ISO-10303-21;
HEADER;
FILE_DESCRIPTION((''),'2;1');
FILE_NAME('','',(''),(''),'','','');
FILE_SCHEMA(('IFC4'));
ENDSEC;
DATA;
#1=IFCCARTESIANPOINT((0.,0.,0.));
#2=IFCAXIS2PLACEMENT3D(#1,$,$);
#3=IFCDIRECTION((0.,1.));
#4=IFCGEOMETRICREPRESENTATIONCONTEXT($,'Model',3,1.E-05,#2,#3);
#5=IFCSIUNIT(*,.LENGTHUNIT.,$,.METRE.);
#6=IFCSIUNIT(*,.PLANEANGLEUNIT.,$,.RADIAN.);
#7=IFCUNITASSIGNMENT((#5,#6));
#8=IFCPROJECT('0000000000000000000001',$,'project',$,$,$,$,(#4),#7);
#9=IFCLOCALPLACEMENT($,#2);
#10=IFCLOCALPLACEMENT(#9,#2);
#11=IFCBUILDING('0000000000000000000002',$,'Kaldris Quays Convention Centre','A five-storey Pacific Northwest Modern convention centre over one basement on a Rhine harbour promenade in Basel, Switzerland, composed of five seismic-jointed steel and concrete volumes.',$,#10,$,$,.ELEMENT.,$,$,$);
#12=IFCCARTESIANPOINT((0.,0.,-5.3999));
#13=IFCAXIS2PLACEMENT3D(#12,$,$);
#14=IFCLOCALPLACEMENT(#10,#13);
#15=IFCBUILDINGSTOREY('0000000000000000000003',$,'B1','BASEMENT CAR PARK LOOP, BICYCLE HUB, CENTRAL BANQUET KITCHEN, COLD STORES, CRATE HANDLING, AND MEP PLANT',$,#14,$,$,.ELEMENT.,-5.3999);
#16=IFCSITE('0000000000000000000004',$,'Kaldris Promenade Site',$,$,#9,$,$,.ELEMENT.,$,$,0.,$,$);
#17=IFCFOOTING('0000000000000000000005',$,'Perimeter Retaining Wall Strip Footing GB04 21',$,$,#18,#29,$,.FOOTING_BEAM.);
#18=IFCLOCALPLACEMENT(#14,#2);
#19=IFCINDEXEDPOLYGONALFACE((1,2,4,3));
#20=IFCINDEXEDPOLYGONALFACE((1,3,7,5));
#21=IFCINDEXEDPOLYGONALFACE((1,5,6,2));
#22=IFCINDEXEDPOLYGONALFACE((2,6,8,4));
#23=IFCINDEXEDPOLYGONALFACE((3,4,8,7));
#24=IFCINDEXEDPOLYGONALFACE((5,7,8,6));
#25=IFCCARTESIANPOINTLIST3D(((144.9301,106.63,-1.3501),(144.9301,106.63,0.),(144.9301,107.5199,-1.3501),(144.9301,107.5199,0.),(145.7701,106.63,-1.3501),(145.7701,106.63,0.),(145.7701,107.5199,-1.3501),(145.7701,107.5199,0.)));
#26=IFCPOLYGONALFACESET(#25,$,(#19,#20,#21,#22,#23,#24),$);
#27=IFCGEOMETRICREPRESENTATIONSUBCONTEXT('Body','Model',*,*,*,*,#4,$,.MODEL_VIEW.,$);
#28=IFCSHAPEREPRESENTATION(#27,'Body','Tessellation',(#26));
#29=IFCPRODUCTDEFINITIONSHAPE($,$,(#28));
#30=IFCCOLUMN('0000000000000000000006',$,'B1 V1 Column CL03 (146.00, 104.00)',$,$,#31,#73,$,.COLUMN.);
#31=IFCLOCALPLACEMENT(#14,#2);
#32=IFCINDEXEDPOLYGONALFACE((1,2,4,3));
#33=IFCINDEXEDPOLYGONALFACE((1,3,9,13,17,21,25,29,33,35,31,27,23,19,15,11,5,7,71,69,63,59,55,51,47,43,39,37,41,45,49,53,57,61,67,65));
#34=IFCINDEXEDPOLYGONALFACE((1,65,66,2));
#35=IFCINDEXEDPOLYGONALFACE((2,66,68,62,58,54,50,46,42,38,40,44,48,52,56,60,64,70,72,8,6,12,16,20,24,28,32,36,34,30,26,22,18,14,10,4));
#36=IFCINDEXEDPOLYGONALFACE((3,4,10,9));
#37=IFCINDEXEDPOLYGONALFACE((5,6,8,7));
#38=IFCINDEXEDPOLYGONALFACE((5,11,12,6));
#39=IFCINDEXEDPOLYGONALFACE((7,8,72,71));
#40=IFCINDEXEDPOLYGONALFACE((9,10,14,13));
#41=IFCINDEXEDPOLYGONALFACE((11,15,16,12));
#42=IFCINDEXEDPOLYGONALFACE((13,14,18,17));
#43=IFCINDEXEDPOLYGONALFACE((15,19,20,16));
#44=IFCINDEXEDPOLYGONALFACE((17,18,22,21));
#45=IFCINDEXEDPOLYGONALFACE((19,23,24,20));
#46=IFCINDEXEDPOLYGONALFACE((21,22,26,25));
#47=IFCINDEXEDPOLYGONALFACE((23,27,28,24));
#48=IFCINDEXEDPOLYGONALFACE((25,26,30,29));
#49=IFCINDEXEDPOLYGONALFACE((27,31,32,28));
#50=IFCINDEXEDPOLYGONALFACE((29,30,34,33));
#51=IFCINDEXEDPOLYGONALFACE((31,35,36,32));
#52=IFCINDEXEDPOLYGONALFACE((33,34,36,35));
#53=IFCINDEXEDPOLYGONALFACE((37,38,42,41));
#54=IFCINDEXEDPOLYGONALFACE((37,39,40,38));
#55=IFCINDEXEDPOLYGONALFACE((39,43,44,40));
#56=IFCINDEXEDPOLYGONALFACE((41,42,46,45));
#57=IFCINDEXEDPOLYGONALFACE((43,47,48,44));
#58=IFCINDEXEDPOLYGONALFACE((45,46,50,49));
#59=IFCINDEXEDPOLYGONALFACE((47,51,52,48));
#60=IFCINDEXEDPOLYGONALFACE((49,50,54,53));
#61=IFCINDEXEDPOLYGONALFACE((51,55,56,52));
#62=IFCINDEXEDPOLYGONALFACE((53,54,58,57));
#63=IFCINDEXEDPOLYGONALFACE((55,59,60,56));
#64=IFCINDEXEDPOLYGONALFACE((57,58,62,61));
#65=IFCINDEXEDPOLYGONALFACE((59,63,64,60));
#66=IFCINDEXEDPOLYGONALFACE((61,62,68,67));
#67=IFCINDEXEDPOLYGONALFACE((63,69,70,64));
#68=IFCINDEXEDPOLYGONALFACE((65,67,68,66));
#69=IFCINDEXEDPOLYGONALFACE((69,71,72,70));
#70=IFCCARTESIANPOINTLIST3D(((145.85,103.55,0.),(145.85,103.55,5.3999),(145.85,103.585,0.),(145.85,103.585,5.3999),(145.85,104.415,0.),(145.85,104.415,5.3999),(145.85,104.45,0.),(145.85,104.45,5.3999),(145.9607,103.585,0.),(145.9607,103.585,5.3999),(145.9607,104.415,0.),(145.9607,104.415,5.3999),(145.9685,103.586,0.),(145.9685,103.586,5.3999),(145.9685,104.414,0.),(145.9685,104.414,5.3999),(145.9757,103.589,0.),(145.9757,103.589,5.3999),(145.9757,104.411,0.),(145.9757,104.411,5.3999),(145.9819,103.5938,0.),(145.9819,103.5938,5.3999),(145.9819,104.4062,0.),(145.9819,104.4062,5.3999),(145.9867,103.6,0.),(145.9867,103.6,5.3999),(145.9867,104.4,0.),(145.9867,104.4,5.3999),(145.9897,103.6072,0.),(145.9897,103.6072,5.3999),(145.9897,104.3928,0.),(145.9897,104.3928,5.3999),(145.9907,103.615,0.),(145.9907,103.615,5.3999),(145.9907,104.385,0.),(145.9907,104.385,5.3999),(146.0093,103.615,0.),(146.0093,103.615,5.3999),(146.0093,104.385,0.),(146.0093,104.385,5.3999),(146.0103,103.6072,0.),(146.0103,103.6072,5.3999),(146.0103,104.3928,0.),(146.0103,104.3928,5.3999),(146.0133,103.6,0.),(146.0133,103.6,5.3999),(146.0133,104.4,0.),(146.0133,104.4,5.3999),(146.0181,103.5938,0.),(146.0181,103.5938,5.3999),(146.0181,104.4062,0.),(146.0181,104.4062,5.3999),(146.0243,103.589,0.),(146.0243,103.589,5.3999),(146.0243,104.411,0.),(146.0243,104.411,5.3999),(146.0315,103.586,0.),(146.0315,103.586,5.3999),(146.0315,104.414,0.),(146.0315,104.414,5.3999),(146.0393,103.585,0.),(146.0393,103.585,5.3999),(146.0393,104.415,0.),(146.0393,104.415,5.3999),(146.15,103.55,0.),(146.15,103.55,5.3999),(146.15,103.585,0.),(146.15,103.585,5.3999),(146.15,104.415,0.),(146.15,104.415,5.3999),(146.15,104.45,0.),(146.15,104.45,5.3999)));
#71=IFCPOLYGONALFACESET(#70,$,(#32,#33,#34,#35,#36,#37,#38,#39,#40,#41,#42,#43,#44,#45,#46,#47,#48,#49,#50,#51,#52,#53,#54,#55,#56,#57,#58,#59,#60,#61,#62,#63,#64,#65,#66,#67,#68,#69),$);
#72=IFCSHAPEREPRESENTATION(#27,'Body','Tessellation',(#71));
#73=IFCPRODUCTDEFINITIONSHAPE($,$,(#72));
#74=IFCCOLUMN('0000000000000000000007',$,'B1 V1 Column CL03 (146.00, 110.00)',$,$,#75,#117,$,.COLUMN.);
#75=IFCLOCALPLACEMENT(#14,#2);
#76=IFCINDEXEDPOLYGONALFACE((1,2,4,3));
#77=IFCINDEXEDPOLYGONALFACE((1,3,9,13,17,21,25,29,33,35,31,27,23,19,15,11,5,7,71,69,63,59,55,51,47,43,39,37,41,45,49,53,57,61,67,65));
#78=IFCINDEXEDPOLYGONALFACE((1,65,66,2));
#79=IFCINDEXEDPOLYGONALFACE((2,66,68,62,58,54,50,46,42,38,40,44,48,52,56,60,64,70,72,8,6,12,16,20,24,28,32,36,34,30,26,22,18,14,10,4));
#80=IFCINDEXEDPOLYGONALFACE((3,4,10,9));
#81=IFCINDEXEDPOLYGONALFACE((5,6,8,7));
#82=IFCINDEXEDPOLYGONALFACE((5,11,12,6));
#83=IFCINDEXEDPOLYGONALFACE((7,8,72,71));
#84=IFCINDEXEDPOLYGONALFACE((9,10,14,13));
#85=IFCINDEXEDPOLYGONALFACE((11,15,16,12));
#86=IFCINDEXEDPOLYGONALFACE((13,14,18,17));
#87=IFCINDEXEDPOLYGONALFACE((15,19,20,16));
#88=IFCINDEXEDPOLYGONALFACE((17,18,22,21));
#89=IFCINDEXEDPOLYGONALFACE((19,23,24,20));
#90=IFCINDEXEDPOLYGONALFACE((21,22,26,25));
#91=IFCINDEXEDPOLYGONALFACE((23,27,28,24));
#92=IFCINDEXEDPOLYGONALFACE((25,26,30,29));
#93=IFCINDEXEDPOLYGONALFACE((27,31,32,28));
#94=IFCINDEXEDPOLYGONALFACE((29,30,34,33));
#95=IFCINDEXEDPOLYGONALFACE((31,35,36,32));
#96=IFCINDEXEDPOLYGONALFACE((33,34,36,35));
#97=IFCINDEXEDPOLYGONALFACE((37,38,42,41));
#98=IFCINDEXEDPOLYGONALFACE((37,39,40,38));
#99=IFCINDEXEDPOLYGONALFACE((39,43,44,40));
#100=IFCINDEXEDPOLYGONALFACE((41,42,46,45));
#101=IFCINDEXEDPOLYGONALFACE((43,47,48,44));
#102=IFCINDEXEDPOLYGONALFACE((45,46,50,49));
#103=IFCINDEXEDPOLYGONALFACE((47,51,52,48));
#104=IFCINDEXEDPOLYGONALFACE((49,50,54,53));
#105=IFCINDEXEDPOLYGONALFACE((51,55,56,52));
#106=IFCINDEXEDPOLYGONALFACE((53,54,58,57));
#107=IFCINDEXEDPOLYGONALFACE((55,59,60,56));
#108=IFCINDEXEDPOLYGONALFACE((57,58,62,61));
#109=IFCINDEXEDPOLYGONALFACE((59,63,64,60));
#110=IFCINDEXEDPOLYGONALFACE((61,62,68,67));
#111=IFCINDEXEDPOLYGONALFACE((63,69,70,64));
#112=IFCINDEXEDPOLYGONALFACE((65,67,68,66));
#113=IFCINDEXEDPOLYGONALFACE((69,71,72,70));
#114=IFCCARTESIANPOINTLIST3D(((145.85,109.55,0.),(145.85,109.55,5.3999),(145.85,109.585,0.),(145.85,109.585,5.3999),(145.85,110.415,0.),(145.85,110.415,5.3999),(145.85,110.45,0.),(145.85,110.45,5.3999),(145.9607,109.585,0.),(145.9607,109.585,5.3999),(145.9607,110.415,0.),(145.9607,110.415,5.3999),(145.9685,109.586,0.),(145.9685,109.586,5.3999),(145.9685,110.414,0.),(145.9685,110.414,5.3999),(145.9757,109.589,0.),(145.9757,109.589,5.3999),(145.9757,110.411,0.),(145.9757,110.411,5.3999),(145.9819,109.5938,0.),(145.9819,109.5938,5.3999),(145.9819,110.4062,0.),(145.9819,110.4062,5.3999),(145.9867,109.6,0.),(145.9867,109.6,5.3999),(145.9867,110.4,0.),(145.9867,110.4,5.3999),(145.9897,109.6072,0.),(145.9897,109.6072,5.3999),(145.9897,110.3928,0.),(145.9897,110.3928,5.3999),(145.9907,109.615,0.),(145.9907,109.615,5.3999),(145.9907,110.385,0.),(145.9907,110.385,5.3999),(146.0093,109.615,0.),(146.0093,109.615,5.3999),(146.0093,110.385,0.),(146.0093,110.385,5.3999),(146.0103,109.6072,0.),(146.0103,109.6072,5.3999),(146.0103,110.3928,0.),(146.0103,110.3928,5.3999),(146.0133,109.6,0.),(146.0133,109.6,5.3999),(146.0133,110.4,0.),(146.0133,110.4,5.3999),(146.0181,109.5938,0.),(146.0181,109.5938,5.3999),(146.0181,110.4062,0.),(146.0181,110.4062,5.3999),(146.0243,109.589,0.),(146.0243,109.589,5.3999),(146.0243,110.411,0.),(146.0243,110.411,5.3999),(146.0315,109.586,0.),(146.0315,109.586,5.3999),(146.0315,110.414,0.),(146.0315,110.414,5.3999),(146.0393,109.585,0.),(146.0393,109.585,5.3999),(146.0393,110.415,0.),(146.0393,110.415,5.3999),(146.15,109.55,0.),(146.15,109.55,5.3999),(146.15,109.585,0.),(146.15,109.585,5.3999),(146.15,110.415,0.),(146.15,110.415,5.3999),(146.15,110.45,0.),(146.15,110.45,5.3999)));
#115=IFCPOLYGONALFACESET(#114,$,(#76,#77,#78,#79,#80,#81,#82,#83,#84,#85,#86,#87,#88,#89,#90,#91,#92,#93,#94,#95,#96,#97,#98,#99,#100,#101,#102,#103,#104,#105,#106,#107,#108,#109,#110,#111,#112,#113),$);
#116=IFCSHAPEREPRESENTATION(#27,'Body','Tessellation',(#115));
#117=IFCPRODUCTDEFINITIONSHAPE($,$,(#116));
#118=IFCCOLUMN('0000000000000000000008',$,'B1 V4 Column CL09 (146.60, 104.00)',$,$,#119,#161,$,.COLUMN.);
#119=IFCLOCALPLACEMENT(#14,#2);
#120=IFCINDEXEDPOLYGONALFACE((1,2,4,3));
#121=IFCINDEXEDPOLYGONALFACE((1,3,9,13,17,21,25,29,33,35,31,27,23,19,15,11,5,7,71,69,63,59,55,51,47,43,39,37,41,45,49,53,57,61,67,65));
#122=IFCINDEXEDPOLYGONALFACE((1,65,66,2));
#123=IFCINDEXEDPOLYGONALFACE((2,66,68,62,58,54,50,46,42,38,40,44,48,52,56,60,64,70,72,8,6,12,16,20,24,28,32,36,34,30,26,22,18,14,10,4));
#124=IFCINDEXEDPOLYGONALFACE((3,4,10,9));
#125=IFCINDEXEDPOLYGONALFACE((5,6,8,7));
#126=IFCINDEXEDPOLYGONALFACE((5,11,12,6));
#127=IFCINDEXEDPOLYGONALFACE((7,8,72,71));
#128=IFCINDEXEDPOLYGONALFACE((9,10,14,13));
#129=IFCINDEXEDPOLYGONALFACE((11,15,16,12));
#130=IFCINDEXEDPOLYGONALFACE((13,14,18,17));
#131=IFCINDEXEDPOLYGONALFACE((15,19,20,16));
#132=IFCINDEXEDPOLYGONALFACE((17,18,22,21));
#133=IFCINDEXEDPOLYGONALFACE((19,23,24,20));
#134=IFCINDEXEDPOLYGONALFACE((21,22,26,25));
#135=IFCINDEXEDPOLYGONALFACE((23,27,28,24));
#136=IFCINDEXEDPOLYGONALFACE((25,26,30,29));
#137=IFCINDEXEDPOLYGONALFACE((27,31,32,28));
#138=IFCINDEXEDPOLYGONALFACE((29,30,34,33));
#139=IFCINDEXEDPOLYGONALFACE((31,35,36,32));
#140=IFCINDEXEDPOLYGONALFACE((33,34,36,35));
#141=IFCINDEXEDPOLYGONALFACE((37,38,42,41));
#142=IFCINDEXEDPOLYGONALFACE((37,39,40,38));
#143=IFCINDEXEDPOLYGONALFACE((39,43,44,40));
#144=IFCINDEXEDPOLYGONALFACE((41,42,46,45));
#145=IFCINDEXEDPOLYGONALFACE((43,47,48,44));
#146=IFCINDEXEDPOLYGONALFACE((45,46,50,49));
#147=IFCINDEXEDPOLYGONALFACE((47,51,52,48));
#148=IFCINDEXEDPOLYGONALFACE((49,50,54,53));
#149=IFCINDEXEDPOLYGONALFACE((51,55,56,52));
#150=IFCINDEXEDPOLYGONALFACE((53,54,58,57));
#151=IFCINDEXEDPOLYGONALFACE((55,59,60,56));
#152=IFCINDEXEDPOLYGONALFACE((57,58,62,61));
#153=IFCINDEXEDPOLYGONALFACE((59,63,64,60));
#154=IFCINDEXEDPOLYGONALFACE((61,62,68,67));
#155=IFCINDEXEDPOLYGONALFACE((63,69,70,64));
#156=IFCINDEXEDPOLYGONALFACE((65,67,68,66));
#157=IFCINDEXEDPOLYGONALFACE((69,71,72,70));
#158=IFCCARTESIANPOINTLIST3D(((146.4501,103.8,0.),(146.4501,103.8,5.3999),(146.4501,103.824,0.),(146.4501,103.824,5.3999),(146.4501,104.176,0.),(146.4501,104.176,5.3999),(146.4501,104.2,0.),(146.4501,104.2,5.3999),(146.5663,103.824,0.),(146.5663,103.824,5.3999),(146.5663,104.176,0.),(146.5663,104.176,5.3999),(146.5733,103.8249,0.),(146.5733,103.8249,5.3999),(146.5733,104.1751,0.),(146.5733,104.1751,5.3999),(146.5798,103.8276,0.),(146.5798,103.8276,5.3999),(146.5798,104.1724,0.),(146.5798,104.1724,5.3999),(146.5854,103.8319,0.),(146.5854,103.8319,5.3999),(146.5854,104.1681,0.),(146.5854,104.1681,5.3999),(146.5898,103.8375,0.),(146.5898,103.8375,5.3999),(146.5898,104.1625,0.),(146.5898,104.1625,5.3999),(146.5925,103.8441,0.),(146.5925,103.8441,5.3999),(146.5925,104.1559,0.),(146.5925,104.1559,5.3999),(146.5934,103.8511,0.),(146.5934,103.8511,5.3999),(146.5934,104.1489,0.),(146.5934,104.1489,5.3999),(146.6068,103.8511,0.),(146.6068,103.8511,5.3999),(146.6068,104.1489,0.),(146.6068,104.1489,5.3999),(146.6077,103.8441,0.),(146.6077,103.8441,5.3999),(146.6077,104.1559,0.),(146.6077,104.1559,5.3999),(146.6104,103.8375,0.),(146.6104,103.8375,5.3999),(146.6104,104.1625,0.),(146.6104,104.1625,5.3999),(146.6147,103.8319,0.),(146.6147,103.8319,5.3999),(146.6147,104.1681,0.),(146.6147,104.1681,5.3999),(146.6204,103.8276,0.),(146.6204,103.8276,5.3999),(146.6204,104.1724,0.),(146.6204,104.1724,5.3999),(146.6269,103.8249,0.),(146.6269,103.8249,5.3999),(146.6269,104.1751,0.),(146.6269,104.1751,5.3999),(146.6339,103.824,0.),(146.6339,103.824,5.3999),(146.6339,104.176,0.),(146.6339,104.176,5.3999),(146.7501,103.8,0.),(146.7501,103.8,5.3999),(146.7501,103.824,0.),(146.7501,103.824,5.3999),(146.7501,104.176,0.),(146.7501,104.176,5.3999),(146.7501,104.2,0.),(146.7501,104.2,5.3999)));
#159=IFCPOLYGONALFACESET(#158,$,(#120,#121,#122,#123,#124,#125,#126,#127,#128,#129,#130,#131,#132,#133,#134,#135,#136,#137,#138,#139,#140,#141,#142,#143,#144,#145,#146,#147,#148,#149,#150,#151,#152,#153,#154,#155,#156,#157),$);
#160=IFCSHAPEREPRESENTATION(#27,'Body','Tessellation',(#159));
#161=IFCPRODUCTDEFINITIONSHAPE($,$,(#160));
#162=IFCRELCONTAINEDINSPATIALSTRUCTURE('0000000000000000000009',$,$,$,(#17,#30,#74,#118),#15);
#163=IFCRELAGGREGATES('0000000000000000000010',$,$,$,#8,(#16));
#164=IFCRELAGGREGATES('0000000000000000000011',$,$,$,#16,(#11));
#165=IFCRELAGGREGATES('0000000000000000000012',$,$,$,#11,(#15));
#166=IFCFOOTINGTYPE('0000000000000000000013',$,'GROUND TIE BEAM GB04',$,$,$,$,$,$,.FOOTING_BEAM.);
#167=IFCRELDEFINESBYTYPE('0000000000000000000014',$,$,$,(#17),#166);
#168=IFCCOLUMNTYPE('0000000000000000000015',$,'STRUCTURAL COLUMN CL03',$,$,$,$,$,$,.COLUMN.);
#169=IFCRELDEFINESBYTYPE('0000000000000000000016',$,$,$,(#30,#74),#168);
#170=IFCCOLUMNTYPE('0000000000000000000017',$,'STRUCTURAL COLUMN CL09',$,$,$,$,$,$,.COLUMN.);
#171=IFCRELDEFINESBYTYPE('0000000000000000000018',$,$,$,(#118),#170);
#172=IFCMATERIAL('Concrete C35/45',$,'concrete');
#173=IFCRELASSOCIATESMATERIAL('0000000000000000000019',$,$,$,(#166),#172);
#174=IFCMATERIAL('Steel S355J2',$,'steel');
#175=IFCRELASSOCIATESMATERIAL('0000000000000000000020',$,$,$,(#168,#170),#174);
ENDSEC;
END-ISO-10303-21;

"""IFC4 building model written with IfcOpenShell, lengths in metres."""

from ifc_helpers import new_model, si_unit, direction, frame, origin, origin_2d, place, context, subcontext, project, spatial, rectangle, i_section, extrude, material, material_profile, profile_set, type_object, element, save


model = new_model("IFC4")

# Units and contexts
model_context = context("Model", 3, precision=1e-05, world=origin(), true_north=direction((0.0, 1.0)))
body_context = subcontext(model_context, "Body", "Model", "MODEL_VIEW")
ifc_project = project(units=[si_unit("LENGTHUNIT", "METRE"), si_unit("PLANEANGLEUNIT", "RADIAN")], contexts=[model_context])

# Site, building, storey
site_placement = place(None, origin())
site = spatial("IfcSite", under=ifc_project, at=site_placement, Name="Kaldris Promenade Site", CompositionType="ELEMENT", RefElevation=0.0)
building_placement = place(site_placement, origin())
building = spatial("IfcBuilding", under=site, at=building_placement, Name="Kaldris Quays Convention Centre", Description="A five-storey Pacific Northwest Modern convention centre over one basement on a Rhine harbour promenade in Basel, Switzerland, composed of five seismic-jointed steel and concrete volumes.", CompositionType="ELEMENT")
storey_placement = place(building_placement, frame((0.0, 0.0, -5.3999)))
storey = spatial("IfcBuildingStorey", under=building, at=storey_placement, Name="B1", Description="BASEMENT CAR PARK LOOP, BICYCLE HUB, CENTRAL BANQUET KITCHEN, COLD STORES, CRATE HANDLING, AND MEP PLANT", CompositionType="ELEMENT", Elevation=-5.3999)

# Shared definitions
ifc_material_1 = material(Name="Concrete C35/45", Category="concrete")

# Footing
footing_type_1 = type_object("IfcFootingType", Name="GROUND TIE BEAM GB04", PredefinedType="FOOTING_BEAM", material=ifc_material_1)
footing_1_placement = place(storey_placement, frame((145.3501, 107.075, -1.3501), z_axis=(0.0, 0.0, 1.0), x_axis=(1.0, 0.0, 0.0)))
element("IfcFooting", 1, at=footing_1_placement, inside=storey, type_object=footing_type_1, Name="Perimeter Retaining Wall Strip Footing GB04 21", PredefinedType="FOOTING_BEAM", context=body_context, shape_type="SweptSolid", body=[
    extrude(rectangle(XDim=0.8401, YDim=0.8899, at=origin_2d()), origin(), (0.0, 0.0, 1.0), 1.3501),
])

# Columns
ifc_material_2 = material(Name="Steel S355J2", Category="steel")
ifc_material_profile_1 = material_profile(ifc_material_2, i_section(OverallWidth=0.3, OverallDepth=0.8999, WebThickness=0.0186, FlangeThickness=0.0349, FilletRadius=0.03, at=origin_2d()), Name="HEB 900")
ifc_profile_set_1 = profile_set([ifc_material_profile_1], Name="Steel S355J2")
column_type_1 = type_object("IfcColumnType", Name="STRUCTURAL COLUMN CL03", PredefinedType="COLUMN", material=ifc_profile_set_1)
for number, where, z_axis, x_axis, name in (
    (2, (146.0, 104.0, 0.0), (0.0, 0.0, 1.0), (1.0, 0.0, 0.0), "B1 V1 Column CL03 (146.00, 104.00)"),
    (3, (146.0, 110.0, 0.0), (0.0, 0.0, 1.0), (1.0, 0.0, 0.0), "B1 V1 Column CL03 (146.00, 110.00)"),
):
    element("IfcColumn", number, at=place(storey_placement, frame(where, z_axis=z_axis, x_axis=x_axis)), inside=storey, type_object=column_type_1, Name=name, PredefinedType="COLUMN", context=body_context, shape_type="SweptSolid", body=[
        extrude(i_section(OverallWidth=0.3, OverallDepth=0.8999, WebThickness=0.0186, FlangeThickness=0.0349, FilletRadius=0.03, at=origin_2d()), origin(), (0.0, 0.0, 1.0), 5.3999),
    ])
ifc_material_profile_2 = material_profile(ifc_material_2, i_section(OverallWidth=0.3, OverallDepth=0.3999, WebThickness=0.0134, FlangeThickness=0.0239, FilletRadius=0.0271, at=origin_2d()), Name="HEB 400")
ifc_profile_set_2 = profile_set([ifc_material_profile_2], Name="Steel S355J2")
column_type_2 = type_object("IfcColumnType", Name="STRUCTURAL COLUMN CL09", PredefinedType="COLUMN", material=ifc_profile_set_2)
column_placement = place(storey_placement, frame((146.6001, 104.0, 0.0), z_axis=(0.0, 0.0, 1.0), x_axis=(1.0, 0.0, 0.0)))
element("IfcColumn", 4, at=column_placement, inside=storey, type_object=column_type_2, Name="B1 V4 Column CL09 (146.60, 104.00)", PredefinedType="COLUMN", context=body_context, shape_type="SweptSolid", body=[
    extrude(i_section(OverallWidth=0.3, OverallDepth=0.3999, WebThickness=0.0134, FlangeThickness=0.0239, FilletRadius=0.0271, at=origin_2d()), origin(), (0.0, 0.0, 1.0), 5.3999),
])

save(model, "model.ifc")
